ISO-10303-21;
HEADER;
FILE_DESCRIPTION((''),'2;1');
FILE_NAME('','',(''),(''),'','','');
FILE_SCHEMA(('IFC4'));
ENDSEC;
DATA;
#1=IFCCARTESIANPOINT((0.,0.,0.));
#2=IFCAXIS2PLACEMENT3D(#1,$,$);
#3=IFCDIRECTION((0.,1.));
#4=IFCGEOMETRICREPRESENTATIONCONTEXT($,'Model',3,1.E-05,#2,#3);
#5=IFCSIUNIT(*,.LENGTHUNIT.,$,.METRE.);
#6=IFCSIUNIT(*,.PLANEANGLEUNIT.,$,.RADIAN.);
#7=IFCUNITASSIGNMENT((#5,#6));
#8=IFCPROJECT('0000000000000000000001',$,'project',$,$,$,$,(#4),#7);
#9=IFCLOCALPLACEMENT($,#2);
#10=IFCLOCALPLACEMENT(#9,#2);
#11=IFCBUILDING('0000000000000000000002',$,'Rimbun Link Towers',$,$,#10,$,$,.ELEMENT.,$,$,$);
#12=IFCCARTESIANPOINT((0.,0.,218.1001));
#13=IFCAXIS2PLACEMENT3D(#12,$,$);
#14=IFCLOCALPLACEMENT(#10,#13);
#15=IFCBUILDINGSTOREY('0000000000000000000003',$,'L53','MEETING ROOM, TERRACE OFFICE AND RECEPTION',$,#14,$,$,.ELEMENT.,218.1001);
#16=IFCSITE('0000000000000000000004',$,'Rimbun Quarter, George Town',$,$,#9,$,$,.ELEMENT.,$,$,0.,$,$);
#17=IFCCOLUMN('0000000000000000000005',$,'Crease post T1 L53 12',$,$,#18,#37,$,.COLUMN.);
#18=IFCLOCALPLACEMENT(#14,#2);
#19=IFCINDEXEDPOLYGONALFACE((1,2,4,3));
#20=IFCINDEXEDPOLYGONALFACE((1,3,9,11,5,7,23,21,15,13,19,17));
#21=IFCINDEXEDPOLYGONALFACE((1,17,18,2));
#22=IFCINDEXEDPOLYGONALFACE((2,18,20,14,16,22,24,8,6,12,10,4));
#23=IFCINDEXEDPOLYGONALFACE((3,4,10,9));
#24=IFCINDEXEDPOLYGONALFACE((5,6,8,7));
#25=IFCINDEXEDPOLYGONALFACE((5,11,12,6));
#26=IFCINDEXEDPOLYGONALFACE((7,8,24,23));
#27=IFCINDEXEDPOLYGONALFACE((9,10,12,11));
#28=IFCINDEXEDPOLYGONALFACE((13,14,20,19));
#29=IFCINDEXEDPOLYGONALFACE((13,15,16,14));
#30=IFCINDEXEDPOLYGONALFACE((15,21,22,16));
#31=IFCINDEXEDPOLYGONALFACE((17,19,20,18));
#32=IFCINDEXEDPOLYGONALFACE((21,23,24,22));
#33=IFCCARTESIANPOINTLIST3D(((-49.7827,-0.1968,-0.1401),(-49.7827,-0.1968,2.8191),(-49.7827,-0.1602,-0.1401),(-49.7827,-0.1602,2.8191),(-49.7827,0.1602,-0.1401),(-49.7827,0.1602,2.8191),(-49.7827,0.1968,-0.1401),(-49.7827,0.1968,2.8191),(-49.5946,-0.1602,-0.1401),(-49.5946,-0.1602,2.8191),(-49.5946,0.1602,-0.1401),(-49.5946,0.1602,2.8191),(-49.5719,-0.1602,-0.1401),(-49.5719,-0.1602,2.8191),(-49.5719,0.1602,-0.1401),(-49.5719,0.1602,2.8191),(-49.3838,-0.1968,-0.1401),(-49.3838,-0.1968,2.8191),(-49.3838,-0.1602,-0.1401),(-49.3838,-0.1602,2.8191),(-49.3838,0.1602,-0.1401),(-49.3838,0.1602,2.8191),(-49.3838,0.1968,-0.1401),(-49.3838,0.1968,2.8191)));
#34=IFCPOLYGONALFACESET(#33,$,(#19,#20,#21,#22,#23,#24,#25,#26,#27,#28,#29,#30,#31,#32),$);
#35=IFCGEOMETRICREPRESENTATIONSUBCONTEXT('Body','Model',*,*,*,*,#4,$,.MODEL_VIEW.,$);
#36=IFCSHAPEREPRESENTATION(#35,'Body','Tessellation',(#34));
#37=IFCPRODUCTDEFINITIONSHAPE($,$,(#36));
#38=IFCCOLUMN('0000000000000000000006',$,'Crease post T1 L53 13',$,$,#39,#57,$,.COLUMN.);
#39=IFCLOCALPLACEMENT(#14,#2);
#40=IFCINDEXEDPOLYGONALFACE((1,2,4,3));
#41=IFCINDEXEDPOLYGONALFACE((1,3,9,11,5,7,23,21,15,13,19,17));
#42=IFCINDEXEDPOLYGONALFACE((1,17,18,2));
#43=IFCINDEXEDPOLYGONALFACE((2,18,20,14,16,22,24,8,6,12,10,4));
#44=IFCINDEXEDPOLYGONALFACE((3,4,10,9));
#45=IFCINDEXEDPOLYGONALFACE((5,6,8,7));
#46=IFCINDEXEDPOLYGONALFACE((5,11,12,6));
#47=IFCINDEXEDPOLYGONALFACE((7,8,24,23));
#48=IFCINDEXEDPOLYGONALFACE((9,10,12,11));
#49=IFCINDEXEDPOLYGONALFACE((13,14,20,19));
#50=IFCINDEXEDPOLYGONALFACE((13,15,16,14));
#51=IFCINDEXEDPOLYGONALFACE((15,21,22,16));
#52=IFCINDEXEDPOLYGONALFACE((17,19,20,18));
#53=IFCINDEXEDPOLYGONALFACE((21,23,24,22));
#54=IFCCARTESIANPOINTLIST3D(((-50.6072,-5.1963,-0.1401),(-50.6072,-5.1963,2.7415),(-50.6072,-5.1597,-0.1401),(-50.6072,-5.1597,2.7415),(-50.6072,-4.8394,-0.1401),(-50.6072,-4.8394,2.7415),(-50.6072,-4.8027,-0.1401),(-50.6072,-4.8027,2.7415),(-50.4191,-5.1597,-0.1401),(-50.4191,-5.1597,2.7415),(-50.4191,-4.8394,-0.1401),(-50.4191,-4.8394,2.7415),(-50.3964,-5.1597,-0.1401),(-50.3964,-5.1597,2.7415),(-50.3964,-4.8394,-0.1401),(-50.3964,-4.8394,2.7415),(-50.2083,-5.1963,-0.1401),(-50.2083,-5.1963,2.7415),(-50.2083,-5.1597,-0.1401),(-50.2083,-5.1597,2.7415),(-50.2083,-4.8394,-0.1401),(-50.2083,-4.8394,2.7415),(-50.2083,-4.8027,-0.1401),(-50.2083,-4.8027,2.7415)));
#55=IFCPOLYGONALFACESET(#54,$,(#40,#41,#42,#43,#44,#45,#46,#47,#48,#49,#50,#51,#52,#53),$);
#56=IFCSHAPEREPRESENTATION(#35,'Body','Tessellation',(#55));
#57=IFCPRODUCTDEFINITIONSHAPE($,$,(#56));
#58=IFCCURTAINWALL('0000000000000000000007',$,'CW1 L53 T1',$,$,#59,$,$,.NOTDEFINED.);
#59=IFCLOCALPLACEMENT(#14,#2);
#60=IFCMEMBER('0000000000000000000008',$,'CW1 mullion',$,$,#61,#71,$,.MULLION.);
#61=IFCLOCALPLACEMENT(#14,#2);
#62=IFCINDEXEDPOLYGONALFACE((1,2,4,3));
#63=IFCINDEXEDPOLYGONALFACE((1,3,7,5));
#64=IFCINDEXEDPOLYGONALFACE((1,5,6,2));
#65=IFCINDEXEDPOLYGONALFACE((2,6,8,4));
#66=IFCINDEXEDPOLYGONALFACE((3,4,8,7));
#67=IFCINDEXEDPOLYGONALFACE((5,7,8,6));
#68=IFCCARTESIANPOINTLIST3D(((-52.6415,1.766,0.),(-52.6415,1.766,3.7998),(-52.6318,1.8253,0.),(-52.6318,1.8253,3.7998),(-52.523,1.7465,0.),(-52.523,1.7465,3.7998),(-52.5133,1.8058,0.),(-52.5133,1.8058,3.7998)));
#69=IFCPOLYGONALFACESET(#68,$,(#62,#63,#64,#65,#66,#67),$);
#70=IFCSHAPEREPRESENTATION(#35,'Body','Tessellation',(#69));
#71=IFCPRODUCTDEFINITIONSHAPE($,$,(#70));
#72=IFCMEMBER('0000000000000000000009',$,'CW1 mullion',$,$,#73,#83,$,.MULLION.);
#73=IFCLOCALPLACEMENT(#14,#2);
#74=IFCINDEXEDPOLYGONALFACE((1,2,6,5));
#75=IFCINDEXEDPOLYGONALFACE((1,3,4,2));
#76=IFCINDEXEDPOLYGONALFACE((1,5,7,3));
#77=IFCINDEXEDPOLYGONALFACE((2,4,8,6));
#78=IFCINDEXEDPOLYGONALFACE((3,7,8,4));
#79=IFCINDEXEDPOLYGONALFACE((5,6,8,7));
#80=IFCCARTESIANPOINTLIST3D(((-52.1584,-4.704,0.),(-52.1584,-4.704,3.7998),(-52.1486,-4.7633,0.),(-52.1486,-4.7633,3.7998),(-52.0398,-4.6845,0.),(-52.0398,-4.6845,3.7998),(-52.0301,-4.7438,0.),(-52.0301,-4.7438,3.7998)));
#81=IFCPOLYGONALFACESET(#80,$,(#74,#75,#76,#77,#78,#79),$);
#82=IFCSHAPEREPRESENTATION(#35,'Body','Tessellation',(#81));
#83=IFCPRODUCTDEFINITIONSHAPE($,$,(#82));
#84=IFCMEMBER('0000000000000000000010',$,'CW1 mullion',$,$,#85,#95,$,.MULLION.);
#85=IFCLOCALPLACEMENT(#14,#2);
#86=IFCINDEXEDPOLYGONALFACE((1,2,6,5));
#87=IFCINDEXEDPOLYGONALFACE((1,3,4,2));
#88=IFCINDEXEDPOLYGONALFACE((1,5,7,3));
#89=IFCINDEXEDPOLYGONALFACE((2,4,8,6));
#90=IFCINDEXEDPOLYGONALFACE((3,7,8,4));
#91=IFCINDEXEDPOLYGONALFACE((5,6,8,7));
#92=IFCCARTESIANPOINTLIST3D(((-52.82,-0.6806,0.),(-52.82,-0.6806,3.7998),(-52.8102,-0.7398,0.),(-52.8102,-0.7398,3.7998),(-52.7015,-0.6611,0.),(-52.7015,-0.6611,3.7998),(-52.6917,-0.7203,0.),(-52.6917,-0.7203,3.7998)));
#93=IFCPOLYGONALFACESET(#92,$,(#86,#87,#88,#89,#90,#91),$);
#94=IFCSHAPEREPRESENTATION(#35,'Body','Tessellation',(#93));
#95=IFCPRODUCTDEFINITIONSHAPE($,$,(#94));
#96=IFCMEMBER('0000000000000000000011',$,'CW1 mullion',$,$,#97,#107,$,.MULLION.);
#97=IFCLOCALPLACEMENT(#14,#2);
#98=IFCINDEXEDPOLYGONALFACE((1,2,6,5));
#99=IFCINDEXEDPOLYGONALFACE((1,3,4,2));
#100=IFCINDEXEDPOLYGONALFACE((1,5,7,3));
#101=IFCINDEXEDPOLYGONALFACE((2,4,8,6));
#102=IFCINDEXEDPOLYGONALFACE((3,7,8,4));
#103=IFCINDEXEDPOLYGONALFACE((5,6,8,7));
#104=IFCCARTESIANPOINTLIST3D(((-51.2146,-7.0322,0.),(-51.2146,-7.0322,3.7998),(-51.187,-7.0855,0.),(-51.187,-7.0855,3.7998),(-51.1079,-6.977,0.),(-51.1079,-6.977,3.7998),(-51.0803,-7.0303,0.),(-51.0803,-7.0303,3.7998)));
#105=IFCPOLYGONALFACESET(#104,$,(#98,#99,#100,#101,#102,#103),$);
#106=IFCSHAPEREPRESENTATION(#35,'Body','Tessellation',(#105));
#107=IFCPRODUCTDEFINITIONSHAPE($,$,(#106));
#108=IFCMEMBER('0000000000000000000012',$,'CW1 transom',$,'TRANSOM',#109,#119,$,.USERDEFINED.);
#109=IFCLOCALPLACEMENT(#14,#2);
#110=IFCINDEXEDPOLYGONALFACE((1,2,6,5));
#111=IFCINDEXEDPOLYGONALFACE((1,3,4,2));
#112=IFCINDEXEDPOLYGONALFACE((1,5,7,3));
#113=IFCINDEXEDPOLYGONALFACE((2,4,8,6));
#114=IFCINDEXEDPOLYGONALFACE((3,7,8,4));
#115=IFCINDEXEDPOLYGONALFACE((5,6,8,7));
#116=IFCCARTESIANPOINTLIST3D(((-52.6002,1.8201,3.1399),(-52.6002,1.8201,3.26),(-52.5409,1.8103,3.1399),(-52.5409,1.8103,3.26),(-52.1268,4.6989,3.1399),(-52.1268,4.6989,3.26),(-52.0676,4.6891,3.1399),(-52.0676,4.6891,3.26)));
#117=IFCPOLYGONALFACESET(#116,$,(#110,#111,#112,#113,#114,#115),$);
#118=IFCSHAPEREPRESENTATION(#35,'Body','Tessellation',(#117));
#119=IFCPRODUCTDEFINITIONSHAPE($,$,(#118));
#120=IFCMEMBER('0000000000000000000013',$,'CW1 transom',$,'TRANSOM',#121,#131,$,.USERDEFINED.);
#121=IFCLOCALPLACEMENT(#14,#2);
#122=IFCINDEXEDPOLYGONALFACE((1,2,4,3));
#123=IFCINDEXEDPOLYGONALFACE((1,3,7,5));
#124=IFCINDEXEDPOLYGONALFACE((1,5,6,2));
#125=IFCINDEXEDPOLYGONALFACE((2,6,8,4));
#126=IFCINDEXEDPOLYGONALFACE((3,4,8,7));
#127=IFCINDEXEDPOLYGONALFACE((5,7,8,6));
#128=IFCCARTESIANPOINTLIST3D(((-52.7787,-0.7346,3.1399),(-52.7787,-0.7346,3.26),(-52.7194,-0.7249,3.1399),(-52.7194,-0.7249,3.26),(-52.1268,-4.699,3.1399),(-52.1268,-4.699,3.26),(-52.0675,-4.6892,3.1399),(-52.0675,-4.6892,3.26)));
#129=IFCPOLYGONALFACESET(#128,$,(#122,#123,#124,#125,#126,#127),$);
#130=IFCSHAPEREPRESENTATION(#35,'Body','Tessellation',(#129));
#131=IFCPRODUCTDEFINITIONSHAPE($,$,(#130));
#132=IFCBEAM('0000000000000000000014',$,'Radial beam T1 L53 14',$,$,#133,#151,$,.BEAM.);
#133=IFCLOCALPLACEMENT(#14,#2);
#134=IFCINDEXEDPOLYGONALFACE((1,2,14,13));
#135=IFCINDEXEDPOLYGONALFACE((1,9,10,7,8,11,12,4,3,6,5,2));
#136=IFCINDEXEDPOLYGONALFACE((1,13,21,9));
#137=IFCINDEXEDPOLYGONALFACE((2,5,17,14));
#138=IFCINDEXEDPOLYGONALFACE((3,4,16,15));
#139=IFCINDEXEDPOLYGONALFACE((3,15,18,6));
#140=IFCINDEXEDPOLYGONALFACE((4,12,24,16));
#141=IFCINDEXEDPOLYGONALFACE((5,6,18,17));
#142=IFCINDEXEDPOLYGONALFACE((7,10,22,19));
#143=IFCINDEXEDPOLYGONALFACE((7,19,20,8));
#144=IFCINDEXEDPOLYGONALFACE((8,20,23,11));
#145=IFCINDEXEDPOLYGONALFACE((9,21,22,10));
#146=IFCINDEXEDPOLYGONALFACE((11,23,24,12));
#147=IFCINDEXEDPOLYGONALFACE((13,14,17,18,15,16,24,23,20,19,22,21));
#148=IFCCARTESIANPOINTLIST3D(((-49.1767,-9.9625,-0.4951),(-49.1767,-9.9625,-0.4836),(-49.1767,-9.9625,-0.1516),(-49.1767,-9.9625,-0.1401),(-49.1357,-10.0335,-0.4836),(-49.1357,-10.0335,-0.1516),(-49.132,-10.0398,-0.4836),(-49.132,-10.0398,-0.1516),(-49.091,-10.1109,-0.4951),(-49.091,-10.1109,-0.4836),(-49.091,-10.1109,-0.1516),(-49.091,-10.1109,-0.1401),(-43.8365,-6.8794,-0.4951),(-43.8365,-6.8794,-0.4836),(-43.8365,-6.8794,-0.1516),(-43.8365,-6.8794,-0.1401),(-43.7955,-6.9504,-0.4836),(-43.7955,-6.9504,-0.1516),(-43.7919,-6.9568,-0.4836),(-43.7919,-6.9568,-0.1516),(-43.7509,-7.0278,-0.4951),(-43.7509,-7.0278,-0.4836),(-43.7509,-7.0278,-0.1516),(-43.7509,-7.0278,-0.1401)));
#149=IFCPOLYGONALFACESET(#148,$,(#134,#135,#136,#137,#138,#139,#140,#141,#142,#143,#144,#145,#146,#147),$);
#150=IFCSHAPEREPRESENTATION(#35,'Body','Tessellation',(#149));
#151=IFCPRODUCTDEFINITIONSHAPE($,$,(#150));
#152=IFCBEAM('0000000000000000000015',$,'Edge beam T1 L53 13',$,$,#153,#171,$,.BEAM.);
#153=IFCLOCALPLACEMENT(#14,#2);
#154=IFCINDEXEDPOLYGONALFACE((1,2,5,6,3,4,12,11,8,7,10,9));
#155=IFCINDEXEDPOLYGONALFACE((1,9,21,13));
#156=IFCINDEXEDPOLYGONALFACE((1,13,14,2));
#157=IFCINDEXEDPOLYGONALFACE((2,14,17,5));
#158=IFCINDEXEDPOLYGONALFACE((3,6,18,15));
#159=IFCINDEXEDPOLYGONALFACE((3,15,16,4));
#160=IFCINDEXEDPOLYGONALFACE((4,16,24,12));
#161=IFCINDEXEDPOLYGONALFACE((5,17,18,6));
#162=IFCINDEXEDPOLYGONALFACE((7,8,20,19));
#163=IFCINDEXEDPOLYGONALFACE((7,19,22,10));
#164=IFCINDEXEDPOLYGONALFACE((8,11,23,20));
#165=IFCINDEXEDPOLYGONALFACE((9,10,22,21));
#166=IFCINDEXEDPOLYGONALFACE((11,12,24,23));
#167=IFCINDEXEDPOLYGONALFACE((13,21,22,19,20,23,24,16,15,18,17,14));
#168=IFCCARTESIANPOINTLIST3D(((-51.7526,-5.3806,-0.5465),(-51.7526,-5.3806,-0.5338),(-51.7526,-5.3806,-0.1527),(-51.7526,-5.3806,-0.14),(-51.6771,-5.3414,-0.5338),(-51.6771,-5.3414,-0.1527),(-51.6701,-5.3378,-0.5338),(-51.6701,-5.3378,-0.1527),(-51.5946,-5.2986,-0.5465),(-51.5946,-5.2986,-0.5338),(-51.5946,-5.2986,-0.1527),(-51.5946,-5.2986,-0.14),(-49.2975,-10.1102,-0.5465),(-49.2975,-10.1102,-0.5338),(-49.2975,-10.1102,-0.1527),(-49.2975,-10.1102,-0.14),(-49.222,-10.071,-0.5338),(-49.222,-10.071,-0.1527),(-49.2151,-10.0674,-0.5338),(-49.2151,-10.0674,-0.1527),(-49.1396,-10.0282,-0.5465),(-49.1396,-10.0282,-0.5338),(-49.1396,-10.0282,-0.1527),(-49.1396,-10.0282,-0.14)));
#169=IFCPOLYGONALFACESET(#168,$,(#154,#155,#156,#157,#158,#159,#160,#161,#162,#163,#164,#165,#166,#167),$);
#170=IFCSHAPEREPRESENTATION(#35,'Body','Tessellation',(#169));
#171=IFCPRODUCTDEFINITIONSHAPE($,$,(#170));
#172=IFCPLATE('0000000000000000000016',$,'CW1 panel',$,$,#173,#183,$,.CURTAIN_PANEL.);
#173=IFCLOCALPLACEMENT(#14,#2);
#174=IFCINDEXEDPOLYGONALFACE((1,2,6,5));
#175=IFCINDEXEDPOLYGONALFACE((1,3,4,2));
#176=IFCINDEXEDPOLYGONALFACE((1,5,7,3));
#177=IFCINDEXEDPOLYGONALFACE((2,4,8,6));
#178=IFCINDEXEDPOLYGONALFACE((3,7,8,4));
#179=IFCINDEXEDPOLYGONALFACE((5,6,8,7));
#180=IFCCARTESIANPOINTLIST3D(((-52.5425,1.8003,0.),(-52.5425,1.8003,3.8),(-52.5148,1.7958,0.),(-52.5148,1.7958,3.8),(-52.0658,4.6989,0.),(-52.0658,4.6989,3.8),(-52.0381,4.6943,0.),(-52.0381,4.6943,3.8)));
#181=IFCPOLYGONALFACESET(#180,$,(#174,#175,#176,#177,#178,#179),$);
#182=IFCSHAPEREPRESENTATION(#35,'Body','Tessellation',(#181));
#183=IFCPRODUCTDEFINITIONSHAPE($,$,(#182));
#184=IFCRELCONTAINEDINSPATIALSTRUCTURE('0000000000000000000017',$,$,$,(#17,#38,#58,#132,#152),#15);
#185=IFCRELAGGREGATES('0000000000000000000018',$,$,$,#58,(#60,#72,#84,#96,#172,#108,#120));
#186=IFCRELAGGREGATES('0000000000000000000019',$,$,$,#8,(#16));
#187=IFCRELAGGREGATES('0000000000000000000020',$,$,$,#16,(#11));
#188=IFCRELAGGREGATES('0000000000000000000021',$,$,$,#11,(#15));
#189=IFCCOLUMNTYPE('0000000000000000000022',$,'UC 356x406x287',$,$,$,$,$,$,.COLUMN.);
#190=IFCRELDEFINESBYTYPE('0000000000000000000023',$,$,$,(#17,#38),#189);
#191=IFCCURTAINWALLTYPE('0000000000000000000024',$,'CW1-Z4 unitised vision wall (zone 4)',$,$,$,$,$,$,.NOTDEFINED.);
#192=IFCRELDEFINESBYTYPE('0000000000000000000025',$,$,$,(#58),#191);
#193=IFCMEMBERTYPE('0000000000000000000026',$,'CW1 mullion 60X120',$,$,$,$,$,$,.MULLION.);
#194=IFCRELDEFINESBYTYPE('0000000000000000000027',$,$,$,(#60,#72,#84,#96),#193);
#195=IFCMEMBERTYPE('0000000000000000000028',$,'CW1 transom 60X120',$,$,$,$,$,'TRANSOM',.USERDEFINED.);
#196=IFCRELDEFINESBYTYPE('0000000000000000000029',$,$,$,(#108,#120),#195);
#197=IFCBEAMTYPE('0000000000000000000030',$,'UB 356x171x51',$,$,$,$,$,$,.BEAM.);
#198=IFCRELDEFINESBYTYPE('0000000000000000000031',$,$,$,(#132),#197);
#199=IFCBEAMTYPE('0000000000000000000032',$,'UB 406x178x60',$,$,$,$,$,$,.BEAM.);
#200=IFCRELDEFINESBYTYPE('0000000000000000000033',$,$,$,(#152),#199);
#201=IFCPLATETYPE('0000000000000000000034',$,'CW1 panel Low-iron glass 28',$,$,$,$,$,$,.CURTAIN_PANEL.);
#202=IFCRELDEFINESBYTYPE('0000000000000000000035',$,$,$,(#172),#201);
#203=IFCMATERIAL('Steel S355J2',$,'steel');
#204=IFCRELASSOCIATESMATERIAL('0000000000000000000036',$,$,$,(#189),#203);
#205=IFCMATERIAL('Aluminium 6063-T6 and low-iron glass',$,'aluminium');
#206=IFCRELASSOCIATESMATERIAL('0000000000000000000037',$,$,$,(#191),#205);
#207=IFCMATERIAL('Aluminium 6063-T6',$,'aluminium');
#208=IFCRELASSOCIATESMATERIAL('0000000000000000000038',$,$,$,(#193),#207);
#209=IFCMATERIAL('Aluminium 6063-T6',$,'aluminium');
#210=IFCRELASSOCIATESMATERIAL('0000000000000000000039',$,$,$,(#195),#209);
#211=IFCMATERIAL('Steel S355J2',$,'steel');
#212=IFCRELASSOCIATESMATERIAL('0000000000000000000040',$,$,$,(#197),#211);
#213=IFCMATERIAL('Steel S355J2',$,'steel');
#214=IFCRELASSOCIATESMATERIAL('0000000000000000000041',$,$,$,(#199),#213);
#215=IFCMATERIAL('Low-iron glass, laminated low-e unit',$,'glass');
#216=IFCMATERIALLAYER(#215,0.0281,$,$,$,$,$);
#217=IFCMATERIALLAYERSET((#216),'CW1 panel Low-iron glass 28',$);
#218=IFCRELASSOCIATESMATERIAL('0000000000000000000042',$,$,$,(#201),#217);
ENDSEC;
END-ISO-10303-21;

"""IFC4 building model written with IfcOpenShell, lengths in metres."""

from ifc_helpers import new_model, si_unit, direction, frame, origin, origin_2d, place, context, subcontext, project, spatial, rectangle, i_section, extrude, material, layer, layer_set, material_profile, profile_set, type_object, element, aggregate, save


model = new_model("IFC4")

# Units and contexts
model_context = context("Model", 3, precision=1e-05, world=origin(), true_north=direction((0.0, 1.0)))
body_context = subcontext(model_context, "Body", "Model", "MODEL_VIEW")
ifc_project = project(units=[si_unit("LENGTHUNIT", "METRE"), si_unit("PLANEANGLEUNIT", "RADIAN")], contexts=[model_context])

# Site, building, storey
site_placement = place(None, origin())
site = spatial("IfcSite", under=ifc_project, at=site_placement, Name="Rimbun Quarter, George Town", CompositionType="ELEMENT", RefElevation=0.0)
building_placement = place(site_placement, origin())
building = spatial("IfcBuilding", under=site, at=building_placement, Name="Rimbun Link Towers", CompositionType="ELEMENT")
storey_placement = place(building_placement, frame((0.0, 0.0, 218.1001)))
storey = spatial("IfcBuildingStorey", under=building, at=storey_placement, Name="L53", Description="MEETING ROOM, TERRACE OFFICE AND RECEPTION", CompositionType="ELEMENT", Elevation=218.1001)

# Columns
ifc_material_1 = material(Name="Steel S355J2", Category="steel")
ifc_material_profile_1 = material_profile(ifc_material_1, i_section(OverallWidth=0.3989, OverallDepth=0.3936, WebThickness=0.0227, FlangeThickness=0.0366, at=origin_2d()), Name="UC 356x406x287")
ifc_profile_set_1 = profile_set([ifc_material_profile_1], Name="Steel S355J2")
column_type = type_object("IfcColumnType", Name="UC 356x406x287", PredefinedType="COLUMN", material=ifc_profile_set_1)
column_1_placement = place(storey_placement, frame((-49.5833, 0.0, -0.1401), z_axis=(0.0, 0.0, 1.0), x_axis=(1.0, 0.0, 0.0)))
element("IfcColumn", 1, at=column_1_placement, inside=storey, type_object=column_type, Name="Crease post T1 L53 12", PredefinedType="COLUMN", context=body_context, shape_type="SweptSolid", body=[
    extrude(i_section(OverallWidth=0.3989, OverallDepth=0.3936, WebThickness=0.0227, FlangeThickness=0.0366, at=origin_2d()), origin(), (0.0, 0.0, 1.0), 2.9592),
])
column_2_placement = place(storey_placement, frame((-50.4077, -4.9995, -0.1401), z_axis=(0.0, 0.0, 1.0), x_axis=(1.0, 0.0, 0.0)))
element("IfcColumn", 2, at=column_2_placement, inside=storey, type_object=column_type, Name="Crease post T1 L53 13", PredefinedType="COLUMN", context=body_context, shape_type="SweptSolid", body=[
    extrude(i_section(OverallWidth=0.3989, OverallDepth=0.3936, WebThickness=0.0227, FlangeThickness=0.0366, at=origin_2d()), origin(), (0.0, 0.0, 1.0), 2.8816),
])

# Curtain wall, members
ifc_material_2 = material(Name="Aluminium 6063-T6 and low-iron glass", Category="aluminium")
curtain_wall_type = type_object("IfcCurtainWallType", Name="CW1-Z4 unitised vision wall (zone 4)", PredefinedType="NOTDEFINED", material=ifc_material_2)
curtain_wall_placement = place(storey_placement, origin())
curtain_wall = element("IfcCurtainWall", 3, at=curtain_wall_placement, inside=storey, type_object=curtain_wall_type, Name="CW1 L53 T1", PredefinedType="NOTDEFINED")
ifc_material_3 = material(Name="Aluminium 6063-T6", Category="aluminium")
ifc_material_profile_2 = material_profile(ifc_material_3, rectangle(XDim=0.1201, YDim=0.0601, at=origin_2d()), Name="MULLION 60X120")
ifc_profile_set_2 = profile_set([ifc_material_profile_2], Name="Aluminium 6063-T6")
member_type_1 = type_object("IfcMemberType", Name="CW1 mullion 60X120", PredefinedType="MULLION", material=ifc_profile_set_2)
member_1_placement = place(storey_placement, frame((-52.5774, 1.7859, 0.0), z_axis=(0.0, 0.0, 1.0), x_axis=(-0.986747, 0.162264, 0.0)))
member_1 = element("IfcMember", 4, at=member_1_placement, type_object=member_type_1, Name="CW1 mullion", PredefinedType="MULLION", context=body_context, shape_type="SweptSolid", body=[
    extrude(rectangle(XDim=0.1201, YDim=0.0601, at=origin_2d()), origin(), (0.0, 0.0, 1.0), 3.7998),
])
member_2_placement = place(storey_placement, frame((-52.0942, -4.7239, 0.0), z_axis=(0.0, 0.0, 1.0), x_axis=(-0.986747, -0.162264, 0.0)))
member_2 = element("IfcMember", 5, at=member_2_placement, type_object=member_type_1, Name="CW1 mullion", PredefinedType="MULLION", context=body_context, shape_type="SweptSolid", body=[
    extrude(rectangle(XDim=0.1201, YDim=0.0601, at=origin_2d()), origin(), (0.0, 0.0, 1.0), 3.7998),
])
member_3_placement = place(storey_placement, frame((-52.7559, -0.7004, 0.0), z_axis=(0.0, 0.0, 1.0), x_axis=(-0.986747, -0.162264, 0.0)))
member_3 = element("IfcMember", 6, at=member_3_placement, type_object=member_type_1, Name="CW1 mullion", PredefinedType="MULLION", context=body_context, shape_type="SweptSolid", body=[
    extrude(rectangle(XDim=0.1201, YDim=0.0601, at=origin_2d()), origin(), (0.0, 0.0, 1.0), 3.7998),
])
member_4_placement = place(storey_placement, frame((-51.1475, -7.0312, 0.0), z_axis=(0.0, 0.0, 1.0), x_axis=(-0.88815, -0.459554, 0.0)))
member_4 = element("IfcMember", 7, at=member_4_placement, type_object=member_type_1, Name="CW1 mullion", PredefinedType="MULLION", context=body_context, shape_type="SweptSolid", body=[
    extrude(rectangle(XDim=0.1201, YDim=0.0601, at=origin_2d()), origin(), (0.0, 0.0, 1.0), 3.7998),
])
ifc_material_4 = material(Name="Aluminium 6063-T6", Category="aluminium")
ifc_material_profile_3 = material_profile(ifc_material_4, rectangle(XDim=0.0601, YDim=0.1201, at=origin_2d()), Name="TRANSOM 60X120")
ifc_profile_set_3 = profile_set([ifc_material_profile_3], Name="Aluminium 6063-T6")
member_type_2 = type_object("IfcMemberType", Name="CW1 transom 60X120", ElementType="TRANSOM", PredefinedType="USERDEFINED", material=ifc_profile_set_3)
member_5_placement = place(storey_placement, frame((-52.5706, 1.8152, 3.2), z_axis=(0.162255, 0.986749, 0.0), x_axis=(-0.986749, 0.162255, 0.0)))
member_5 = element("IfcMember", 8, at=member_5_placement, type_object=member_type_2, Name="CW1 transom", ObjectType="TRANSOM", PredefinedType="USERDEFINED", context=body_context, shape_type="SweptSolid", body=[
    extrude(rectangle(XDim=0.0601, YDim=0.1201, at=origin_2d()), origin(), (0.0, 0.0, 1.0), 2.9175),
])
member_6_placement = place(storey_placement, frame((-52.0972, -4.6941, 3.2), z_axis=(-0.16225, 0.98675, 0.0), x_axis=(-0.98675, -0.16225, 0.0)))
member_6 = element("IfcMember", 9, at=member_6_placement, type_object=member_type_2, Name="CW1 transom", ObjectType="TRANSOM", PredefinedType="USERDEFINED", context=body_context, shape_type="SweptSolid", body=[
    extrude(rectangle(XDim=0.0601, YDim=0.1201, at=origin_2d()), origin(), (0.0, 0.0, 1.0), 4.0176),
])

# Beams
ifc_material_5 = material(Name="Steel S355J2", Category="steel")
ifc_material_profile_4 = material_profile(ifc_material_5, i_section(OverallWidth=0.1714, OverallDepth=0.355, WebThickness=0.0073, FlangeThickness=0.0115, at=origin_2d()), Name="UB 356x171x51")
ifc_profile_set_4 = profile_set([ifc_material_profile_4], Name="Steel S355J2")
beam_type_1 = type_object("IfcBeamType", Name="UB 356x171x51", PredefinedType="BEAM", material=ifc_profile_set_4)
beam_1_placement = place(storey_placement, frame((-43.7937, -6.9536, -0.3176), z_axis=(-0.866032, -0.499989, 0.0), x_axis=(0.499989, -0.866032, 0.0)))
element("IfcBeam", 10, at=beam_1_placement, inside=storey, type_object=beam_type_1, Name="Radial beam T1 L53 14", PredefinedType="BEAM", context=body_context, shape_type="SweptSolid", body=[
    extrude(i_section(OverallWidth=0.1714, OverallDepth=0.355, WebThickness=0.0073, FlangeThickness=0.0115, at=origin_2d()), origin(), (0.0, 0.0, 1.0), 6.1663),
])
ifc_material_6 = material(Name="Steel S355J2", Category="steel")
ifc_material_profile_5 = material_profile(ifc_material_6, i_section(OverallWidth=0.178, OverallDepth=0.4065, WebThickness=0.0078, FlangeThickness=0.0127, at=origin_2d()), Name="UB 406x178x60")
ifc_profile_set_5 = profile_set([ifc_material_profile_5], Name="Steel S355J2")
beam_type_2 = type_object("IfcBeamType", Name="UB 406x178x60", PredefinedType="BEAM", material=ifc_profile_set_5)
beam_2_placement = place(storey_placement, frame((-51.6736, -5.3396, -0.3433), z_axis=(0.460705, -0.887553, 0.0), x_axis=(0.887553, 0.460705, 0.0)))
element("IfcBeam", 11, at=beam_2_placement, inside=storey, type_object=beam_type_2, Name="Edge beam T1 L53 13", PredefinedType="BEAM", context=body_context, shape_type="SweptSolid", body=[
    extrude(i_section(OverallWidth=0.178, OverallDepth=0.4065, WebThickness=0.0078, FlangeThickness=0.0127, at=origin_2d()), origin(), (0.0, 0.0, 1.0), 5.3289),
])

# Plate
ifc_material_7 = material(Name="Low-iron glass, laminated low-e unit", Category="glass")
ifc_layer_1 = layer(ifc_material_7, 0.0281)
ifc_layer_set_1 = layer_set([ifc_layer_1], Name="CW1 panel Low-iron glass 28")
plate_type = type_object("IfcPlateType", Name="CW1 panel Low-iron glass 28", PredefinedType="CURTAIN_PANEL", material=ifc_layer_set_1)
plate_1_placement = place(storey_placement, frame((-52.2903, 3.2473, 0.0), z_axis=(0.0, 0.0, 1.0), x_axis=(0.162264, 0.986747, 0.0)))
plate_1 = element("IfcPlate", 12, at=plate_1_placement, type_object=plate_type, Name="CW1 panel", PredefinedType="CURTAIN_PANEL", context=body_context, shape_type="SweptSolid", body=[
    extrude(rectangle(XDim=2.9375, YDim=0.0281, at=origin_2d()), origin(), (0.0, 0.0, 1.0), 3.8),
])
aggregate(curtain_wall, [member_1, member_2, member_3, member_4, plate_1, member_5, member_6])

save(model, "model.ifc")
